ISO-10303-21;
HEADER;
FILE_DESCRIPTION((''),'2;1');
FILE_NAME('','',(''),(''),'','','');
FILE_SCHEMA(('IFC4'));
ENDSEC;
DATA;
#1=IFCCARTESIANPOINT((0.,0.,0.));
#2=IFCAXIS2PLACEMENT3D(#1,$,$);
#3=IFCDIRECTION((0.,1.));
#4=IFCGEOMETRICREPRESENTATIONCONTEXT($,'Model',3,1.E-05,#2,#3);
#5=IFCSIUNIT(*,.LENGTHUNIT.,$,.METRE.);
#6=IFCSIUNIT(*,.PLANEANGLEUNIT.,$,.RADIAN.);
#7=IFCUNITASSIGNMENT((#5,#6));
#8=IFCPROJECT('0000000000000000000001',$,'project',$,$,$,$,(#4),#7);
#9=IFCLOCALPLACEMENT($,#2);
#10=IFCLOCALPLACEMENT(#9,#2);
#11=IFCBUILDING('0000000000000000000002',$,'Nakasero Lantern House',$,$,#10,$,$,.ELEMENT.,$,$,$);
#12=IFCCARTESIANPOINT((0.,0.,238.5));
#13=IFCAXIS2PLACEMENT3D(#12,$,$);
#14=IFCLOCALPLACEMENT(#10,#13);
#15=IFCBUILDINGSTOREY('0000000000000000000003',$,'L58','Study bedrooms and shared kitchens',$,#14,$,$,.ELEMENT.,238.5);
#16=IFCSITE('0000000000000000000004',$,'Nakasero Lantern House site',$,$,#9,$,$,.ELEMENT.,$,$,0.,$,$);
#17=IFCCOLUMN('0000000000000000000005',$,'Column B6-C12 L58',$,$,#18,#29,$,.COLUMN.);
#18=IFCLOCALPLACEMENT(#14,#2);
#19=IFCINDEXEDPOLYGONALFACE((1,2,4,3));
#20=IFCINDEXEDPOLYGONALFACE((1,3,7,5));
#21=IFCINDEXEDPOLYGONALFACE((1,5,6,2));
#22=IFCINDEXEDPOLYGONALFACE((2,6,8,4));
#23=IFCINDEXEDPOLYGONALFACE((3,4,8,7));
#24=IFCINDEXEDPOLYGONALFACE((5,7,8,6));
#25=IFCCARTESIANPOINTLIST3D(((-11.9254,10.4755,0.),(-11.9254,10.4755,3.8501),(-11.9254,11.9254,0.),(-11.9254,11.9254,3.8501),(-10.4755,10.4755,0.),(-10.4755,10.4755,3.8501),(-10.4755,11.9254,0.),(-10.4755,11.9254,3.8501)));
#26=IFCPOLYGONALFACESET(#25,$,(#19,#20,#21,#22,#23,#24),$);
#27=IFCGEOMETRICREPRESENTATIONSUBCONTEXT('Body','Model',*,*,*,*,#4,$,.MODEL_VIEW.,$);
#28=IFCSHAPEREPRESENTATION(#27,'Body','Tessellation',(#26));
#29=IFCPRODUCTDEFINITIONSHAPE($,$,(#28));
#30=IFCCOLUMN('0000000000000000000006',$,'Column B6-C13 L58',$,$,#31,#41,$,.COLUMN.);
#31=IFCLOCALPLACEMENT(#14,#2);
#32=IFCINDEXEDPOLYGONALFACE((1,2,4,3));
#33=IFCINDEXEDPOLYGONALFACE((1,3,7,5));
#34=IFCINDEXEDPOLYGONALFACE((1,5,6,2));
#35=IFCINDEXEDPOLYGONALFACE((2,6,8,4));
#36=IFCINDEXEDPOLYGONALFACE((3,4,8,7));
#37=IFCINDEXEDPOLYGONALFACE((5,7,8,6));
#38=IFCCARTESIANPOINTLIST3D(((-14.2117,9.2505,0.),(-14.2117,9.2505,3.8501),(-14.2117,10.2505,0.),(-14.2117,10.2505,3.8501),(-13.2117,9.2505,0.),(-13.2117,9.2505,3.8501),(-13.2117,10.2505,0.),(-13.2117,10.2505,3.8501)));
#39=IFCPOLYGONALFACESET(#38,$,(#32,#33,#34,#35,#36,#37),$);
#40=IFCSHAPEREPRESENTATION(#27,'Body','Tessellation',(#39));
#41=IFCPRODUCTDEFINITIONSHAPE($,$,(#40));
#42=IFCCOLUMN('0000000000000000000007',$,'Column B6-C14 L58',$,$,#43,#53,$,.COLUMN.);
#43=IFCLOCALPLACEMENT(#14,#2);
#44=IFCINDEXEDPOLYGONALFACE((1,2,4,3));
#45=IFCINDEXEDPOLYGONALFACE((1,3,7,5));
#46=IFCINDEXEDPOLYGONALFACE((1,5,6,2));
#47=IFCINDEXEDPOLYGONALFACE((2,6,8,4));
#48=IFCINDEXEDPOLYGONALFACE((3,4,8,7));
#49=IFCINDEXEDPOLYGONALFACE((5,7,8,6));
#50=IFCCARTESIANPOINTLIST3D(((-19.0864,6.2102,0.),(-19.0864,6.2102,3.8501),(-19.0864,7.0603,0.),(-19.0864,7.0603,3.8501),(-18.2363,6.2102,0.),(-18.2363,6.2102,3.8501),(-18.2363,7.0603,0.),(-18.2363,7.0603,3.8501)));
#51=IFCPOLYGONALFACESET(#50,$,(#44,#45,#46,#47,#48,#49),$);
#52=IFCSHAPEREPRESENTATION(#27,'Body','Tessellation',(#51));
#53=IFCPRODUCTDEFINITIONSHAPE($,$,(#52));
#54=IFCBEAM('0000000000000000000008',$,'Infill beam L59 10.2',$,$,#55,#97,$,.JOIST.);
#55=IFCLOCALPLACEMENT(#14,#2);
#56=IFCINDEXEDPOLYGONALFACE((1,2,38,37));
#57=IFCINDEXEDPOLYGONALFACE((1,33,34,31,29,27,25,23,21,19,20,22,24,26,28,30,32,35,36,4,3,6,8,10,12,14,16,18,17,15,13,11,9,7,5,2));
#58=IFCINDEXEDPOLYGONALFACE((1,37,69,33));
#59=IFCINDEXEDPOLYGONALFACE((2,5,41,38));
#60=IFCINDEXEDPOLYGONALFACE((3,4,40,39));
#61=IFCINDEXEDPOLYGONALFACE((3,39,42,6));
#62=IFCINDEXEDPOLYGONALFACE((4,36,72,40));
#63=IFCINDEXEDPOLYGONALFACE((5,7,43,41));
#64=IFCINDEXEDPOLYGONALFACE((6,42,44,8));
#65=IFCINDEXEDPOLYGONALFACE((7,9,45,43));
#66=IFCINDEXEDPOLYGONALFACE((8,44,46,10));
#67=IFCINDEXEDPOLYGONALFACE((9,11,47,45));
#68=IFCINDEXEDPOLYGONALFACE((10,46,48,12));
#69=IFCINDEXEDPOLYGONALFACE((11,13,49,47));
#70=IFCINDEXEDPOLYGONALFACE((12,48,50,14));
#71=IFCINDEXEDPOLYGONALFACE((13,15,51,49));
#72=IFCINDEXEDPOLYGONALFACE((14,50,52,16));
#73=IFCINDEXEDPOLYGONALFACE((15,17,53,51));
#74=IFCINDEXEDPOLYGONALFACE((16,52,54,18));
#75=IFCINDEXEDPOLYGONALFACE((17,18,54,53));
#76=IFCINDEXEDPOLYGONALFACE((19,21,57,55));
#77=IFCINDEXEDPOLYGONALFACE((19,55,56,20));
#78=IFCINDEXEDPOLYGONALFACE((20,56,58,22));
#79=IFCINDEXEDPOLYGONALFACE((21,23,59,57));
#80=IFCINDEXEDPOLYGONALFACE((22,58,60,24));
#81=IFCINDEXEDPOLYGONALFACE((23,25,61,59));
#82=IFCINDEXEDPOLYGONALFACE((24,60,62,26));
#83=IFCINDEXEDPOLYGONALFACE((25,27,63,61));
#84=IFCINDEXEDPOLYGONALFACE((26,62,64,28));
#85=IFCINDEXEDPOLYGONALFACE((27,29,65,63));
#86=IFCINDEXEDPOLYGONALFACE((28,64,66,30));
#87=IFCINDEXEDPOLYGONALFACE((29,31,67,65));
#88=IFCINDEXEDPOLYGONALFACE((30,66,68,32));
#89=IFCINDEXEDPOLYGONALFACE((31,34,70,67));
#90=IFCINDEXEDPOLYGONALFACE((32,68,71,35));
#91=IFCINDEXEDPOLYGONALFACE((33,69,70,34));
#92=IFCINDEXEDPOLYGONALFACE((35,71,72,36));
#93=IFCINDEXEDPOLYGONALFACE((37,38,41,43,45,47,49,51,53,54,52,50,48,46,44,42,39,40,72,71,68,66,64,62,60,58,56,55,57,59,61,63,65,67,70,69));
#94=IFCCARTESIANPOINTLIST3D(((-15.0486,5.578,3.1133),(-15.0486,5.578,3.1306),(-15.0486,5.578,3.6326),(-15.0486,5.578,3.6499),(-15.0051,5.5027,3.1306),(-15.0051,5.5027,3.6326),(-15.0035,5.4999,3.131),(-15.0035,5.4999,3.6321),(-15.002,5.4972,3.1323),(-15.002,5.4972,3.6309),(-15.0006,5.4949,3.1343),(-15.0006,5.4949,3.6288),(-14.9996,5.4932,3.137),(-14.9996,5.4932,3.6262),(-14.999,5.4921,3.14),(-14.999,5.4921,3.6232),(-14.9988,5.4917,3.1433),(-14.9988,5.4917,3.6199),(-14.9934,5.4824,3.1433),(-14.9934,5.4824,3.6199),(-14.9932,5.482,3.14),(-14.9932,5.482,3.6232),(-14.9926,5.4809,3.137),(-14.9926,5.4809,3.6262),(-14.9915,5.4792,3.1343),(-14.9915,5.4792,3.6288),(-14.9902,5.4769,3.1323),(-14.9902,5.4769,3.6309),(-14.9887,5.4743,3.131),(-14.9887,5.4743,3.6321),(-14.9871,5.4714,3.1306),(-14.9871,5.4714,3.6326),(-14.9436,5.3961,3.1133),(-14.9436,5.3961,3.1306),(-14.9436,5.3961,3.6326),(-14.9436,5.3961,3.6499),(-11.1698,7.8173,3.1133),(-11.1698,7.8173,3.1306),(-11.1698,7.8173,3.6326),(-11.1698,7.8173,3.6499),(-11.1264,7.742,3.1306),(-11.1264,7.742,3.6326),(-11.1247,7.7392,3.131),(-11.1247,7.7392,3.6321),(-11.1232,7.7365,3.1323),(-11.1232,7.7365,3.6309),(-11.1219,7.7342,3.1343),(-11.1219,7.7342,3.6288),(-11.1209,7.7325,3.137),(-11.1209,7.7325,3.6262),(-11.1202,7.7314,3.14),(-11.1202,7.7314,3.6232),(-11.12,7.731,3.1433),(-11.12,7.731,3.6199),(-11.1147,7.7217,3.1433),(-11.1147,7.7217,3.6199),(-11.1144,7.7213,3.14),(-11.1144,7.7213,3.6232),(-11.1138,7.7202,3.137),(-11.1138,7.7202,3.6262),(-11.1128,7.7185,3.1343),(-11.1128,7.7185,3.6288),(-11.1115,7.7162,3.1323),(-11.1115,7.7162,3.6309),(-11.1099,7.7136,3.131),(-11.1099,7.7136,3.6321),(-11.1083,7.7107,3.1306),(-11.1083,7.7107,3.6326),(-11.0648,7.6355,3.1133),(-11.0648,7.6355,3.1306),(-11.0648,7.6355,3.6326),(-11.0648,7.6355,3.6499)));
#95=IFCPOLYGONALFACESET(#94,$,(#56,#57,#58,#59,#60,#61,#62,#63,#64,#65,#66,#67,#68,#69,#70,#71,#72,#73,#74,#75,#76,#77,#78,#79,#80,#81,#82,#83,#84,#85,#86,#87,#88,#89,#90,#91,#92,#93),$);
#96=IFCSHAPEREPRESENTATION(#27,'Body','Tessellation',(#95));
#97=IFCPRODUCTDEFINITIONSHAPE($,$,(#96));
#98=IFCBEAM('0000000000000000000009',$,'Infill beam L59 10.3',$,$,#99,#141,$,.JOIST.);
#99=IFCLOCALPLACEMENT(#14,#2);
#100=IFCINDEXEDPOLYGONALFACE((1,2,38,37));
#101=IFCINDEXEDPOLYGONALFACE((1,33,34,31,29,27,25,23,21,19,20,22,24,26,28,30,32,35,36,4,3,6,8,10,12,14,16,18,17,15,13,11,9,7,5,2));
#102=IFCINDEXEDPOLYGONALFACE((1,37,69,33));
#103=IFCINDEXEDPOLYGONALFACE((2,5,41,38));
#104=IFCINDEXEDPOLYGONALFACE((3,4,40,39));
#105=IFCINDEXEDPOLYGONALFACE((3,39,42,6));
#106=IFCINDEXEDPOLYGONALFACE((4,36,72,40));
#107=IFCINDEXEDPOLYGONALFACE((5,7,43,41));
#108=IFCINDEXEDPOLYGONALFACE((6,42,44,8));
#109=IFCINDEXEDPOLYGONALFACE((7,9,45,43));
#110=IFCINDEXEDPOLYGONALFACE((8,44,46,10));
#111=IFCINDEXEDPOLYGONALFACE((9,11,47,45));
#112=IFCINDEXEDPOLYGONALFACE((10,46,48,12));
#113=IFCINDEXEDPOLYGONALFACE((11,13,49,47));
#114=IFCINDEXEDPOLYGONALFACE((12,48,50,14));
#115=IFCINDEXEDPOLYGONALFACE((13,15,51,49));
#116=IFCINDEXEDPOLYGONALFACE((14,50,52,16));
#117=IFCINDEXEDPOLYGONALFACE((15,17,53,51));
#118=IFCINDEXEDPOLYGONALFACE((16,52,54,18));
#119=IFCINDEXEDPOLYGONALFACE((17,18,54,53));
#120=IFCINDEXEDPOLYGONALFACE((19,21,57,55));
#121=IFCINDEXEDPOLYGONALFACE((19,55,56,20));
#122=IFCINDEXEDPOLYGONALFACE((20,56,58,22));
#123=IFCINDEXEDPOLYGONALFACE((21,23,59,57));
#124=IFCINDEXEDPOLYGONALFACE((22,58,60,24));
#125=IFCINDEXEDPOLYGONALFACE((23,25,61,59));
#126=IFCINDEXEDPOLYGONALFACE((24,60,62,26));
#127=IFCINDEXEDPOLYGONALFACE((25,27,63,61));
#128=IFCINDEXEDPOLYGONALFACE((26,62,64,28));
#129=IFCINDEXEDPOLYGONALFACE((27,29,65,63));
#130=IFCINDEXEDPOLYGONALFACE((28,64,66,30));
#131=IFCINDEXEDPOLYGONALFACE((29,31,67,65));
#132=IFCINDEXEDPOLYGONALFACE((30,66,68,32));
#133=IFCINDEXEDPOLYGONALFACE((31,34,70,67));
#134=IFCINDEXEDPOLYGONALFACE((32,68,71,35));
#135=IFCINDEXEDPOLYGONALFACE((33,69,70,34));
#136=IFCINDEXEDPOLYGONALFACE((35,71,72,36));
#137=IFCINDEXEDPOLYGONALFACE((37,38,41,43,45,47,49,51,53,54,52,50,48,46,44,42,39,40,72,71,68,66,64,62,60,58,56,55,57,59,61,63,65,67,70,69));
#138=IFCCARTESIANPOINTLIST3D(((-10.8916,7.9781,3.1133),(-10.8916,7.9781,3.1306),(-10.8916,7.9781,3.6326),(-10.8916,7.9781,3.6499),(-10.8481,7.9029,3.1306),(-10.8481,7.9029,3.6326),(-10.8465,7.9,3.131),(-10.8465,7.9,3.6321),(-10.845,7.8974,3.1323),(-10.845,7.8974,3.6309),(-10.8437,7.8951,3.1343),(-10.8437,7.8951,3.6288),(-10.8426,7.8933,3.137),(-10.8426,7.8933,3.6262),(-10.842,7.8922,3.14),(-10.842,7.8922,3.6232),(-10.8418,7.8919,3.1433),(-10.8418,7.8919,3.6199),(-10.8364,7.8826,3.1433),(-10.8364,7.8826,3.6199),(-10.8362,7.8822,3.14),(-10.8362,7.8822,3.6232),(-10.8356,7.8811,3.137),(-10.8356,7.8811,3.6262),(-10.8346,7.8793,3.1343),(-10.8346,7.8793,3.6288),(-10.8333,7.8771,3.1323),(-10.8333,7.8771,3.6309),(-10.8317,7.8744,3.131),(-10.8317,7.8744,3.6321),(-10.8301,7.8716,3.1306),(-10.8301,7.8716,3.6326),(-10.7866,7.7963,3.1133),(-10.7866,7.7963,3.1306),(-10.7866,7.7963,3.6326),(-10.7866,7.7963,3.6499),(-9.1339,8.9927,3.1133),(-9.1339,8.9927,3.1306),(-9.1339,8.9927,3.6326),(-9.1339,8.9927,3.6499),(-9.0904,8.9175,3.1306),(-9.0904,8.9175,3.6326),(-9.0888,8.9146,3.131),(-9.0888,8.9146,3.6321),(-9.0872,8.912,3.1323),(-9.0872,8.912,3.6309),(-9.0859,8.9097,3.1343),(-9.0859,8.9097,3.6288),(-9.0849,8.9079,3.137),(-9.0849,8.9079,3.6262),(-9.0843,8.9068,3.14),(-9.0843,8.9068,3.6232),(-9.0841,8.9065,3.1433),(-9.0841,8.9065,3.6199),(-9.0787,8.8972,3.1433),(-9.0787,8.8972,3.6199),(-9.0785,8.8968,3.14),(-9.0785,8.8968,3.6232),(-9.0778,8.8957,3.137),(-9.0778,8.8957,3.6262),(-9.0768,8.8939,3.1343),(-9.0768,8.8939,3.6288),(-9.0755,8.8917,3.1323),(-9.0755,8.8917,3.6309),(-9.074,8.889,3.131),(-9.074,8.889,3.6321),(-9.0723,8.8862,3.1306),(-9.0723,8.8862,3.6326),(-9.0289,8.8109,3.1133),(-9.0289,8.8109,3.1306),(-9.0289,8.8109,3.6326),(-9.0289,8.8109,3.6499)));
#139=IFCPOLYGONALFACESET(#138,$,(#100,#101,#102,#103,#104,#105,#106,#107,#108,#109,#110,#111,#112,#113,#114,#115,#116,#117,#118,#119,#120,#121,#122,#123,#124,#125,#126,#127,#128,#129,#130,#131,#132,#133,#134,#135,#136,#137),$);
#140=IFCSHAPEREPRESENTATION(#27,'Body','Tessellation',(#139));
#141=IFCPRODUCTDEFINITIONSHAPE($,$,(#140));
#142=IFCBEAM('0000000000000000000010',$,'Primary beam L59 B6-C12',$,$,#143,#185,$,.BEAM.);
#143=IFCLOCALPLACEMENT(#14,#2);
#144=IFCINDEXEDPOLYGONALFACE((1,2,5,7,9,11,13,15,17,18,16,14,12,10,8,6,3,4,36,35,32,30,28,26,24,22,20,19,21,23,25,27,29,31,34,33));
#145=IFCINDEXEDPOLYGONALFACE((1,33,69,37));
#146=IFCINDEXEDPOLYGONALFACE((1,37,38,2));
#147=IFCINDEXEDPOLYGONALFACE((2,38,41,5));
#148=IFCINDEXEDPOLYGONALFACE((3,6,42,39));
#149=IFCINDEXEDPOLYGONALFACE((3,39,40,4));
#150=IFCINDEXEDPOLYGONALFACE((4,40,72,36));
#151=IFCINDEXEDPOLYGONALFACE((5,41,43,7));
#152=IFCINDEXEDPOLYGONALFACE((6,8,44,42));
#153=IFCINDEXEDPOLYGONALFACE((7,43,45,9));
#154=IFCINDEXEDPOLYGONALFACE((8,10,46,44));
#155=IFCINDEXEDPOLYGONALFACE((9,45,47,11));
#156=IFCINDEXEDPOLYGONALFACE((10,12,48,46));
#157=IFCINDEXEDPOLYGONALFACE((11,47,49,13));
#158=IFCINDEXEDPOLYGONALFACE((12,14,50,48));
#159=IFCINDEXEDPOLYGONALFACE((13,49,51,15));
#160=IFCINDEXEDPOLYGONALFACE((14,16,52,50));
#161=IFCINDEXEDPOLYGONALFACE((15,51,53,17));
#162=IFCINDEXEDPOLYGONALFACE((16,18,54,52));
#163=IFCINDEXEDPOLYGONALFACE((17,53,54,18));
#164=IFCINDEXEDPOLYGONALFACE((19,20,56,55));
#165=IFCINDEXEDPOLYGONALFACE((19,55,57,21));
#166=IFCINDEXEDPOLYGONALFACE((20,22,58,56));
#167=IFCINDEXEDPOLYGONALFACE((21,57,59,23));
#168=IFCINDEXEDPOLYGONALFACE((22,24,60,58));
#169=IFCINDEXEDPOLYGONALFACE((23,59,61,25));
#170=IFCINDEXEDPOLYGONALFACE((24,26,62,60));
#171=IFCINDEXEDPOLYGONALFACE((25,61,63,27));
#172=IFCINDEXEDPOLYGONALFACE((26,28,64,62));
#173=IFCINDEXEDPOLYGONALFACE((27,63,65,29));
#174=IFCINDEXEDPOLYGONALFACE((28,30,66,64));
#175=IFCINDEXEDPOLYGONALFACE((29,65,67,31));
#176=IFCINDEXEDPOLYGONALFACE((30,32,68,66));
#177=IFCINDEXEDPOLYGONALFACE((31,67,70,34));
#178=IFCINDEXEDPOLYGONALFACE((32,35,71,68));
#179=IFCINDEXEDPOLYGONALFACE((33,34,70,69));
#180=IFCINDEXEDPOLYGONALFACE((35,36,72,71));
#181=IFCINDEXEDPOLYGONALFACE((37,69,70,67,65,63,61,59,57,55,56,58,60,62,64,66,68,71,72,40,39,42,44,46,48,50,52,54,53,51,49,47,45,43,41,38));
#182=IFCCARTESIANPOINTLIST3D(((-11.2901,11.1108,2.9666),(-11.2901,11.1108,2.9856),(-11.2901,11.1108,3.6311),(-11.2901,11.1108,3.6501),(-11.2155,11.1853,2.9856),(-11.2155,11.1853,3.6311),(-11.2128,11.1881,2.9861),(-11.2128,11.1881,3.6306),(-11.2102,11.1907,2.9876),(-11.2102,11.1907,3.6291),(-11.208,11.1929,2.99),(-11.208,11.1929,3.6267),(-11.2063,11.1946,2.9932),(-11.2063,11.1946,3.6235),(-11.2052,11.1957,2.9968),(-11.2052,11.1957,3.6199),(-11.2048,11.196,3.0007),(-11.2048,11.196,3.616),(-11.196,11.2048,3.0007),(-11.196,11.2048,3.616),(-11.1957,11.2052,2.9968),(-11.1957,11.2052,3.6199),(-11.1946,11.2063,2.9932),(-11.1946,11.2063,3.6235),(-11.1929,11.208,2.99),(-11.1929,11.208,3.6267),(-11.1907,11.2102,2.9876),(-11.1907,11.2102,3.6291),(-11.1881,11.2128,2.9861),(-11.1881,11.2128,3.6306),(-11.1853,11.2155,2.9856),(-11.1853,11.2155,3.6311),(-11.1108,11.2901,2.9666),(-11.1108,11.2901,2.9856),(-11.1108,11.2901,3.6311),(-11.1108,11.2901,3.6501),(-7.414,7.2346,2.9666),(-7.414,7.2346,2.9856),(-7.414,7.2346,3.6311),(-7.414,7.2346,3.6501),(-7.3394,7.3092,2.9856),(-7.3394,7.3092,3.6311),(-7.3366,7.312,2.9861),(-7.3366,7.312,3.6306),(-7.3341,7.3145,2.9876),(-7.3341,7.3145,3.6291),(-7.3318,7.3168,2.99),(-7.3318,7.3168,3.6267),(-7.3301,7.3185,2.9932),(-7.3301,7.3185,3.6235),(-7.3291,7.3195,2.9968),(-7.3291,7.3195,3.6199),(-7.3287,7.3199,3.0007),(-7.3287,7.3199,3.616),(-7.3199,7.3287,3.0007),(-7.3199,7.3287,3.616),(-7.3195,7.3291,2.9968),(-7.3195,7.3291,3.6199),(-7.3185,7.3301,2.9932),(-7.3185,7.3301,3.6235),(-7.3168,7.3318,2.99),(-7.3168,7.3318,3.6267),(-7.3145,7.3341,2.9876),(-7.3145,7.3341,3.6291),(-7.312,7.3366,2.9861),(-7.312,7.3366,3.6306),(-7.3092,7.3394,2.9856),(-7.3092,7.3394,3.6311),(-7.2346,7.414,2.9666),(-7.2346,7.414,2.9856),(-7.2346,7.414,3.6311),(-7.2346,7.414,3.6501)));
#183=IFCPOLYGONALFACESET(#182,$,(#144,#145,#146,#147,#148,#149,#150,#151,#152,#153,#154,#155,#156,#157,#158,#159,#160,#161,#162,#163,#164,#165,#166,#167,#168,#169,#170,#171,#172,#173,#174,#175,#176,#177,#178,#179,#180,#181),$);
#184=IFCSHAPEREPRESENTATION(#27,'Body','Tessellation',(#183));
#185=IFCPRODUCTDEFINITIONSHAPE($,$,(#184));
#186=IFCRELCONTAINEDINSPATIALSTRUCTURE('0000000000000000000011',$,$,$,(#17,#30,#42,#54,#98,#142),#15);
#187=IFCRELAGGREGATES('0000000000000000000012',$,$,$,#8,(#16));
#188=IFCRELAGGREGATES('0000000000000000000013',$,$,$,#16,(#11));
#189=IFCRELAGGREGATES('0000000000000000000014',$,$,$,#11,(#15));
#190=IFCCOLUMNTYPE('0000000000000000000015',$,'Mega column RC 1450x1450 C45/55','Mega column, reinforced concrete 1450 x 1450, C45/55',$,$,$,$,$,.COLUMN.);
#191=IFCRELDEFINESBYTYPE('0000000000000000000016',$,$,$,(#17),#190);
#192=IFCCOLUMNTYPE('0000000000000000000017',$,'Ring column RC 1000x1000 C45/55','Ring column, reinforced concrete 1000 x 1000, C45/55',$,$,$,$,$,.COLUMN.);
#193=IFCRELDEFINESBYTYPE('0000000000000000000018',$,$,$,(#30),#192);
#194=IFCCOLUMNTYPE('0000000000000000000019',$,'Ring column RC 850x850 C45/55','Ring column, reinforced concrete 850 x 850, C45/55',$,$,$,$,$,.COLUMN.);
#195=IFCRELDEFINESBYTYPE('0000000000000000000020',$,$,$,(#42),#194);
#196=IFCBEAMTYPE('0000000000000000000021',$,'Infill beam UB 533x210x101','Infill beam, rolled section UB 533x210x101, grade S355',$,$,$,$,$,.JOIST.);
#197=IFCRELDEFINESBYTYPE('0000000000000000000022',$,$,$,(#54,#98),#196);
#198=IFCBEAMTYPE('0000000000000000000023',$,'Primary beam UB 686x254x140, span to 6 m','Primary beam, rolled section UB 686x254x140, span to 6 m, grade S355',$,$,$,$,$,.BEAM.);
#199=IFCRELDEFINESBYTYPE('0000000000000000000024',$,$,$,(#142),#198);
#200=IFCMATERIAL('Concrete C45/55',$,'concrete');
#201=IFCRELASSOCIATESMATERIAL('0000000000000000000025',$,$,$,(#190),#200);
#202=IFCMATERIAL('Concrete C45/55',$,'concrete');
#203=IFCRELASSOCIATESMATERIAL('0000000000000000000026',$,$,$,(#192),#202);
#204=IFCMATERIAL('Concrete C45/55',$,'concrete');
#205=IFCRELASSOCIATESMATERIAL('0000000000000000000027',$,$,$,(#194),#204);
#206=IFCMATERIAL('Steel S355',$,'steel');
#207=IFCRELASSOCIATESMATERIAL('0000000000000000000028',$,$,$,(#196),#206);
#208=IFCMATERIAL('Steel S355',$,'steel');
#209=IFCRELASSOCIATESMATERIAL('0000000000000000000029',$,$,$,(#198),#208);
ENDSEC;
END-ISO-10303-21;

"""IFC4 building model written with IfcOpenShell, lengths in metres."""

from ifc_helpers import new_model, si_unit, direction, frame, origin, origin_2d, place, context, subcontext, project, spatial, rectangle, i_section, extrude, material, material_profile, profile_set, type_object, element, save


model = new_model("IFC4")

# Units and contexts
model_context = context("Model", 3, precision=1e-05, world=origin(), true_north=direction((0.0, 1.0)))
body_context = subcontext(model_context, "Body", "Model", "MODEL_VIEW")
ifc_project = project(units=[si_unit("LENGTHUNIT", "METRE"), si_unit("PLANEANGLEUNIT", "RADIAN")], contexts=[model_context])

# Site, building, storey
site_placement = place(None, origin())
site = spatial("IfcSite", under=ifc_project, at=site_placement, Name="Nakasero Lantern House site", CompositionType="ELEMENT", RefElevation=0.0)
building_placement = place(site_placement, origin())
building = spatial("IfcBuilding", under=site, at=building_placement, Name="Nakasero Lantern House", CompositionType="ELEMENT")
storey_placement = place(building_placement, frame((0.0, 0.0, 238.5)))
storey = spatial("IfcBuildingStorey", under=building, at=storey_placement, Name="L58", Description="Study bedrooms and shared kitchens", CompositionType="ELEMENT", Elevation=238.5)

# Columns
ifc_material_1 = material(Name="Concrete C45/55", Category="concrete")
ifc_material_profile_1 = material_profile(ifc_material_1, rectangle(XDim=1.45, YDim=1.45, at=origin_2d()), Name="RC 1450x1450")
ifc_profile_set_1 = profile_set([ifc_material_profile_1], Name="Concrete C45/55")
column_type_1 = type_object("IfcColumnType", Name="Mega column RC 1450x1450 C45/55", Description="Mega column, reinforced concrete 1450 x 1450, C45/55", PredefinedType="COLUMN", material=ifc_profile_set_1)
column_1_placement = place(storey_placement, frame((-11.2004, 11.2004, 0.0), z_axis=(0.0, 0.0, 1.0), x_axis=(1.0, 0.0, 0.0)))
element("IfcColumn", 1, at=column_1_placement, inside=storey, type_object=column_type_1, Name="Column B6-C12 L58", PredefinedType="COLUMN", context=body_context, shape_type="SweptSolid", body=[
    extrude(rectangle(XDim=1.45, YDim=1.45, at=origin_2d()), origin(), (0.0, 0.0, 1.0), 3.8501),
])
ifc_material_2 = material(Name="Concrete C45/55", Category="concrete")
ifc_material_profile_2 = material_profile(ifc_material_2, rectangle(XDim=1.0, YDim=1.0, at=origin_2d()), Name="RC 1000x1000")
ifc_profile_set_2 = profile_set([ifc_material_profile_2], Name="Concrete C45/55")
column_type_2 = type_object("IfcColumnType", Name="Ring column RC 1000x1000 C45/55", Description="Ring column, reinforced concrete 1000 x 1000, C45/55", PredefinedType="COLUMN", material=ifc_profile_set_2)
column_2_placement = place(storey_placement, frame((-13.7117, 9.7505, 0.0), z_axis=(0.0, 0.0, 1.0), x_axis=(1.0, 0.0, 0.0)))
element("IfcColumn", 2, at=column_2_placement, inside=storey, type_object=column_type_2, Name="Column B6-C13 L58", PredefinedType="COLUMN", context=body_context, shape_type="SweptSolid", body=[
    extrude(rectangle(XDim=1.0, YDim=1.0, at=origin_2d()), origin(), (0.0, 0.0, 1.0), 3.8501),
])
ifc_material_3 = material(Name="Concrete C45/55", Category="concrete")
ifc_material_profile_3 = material_profile(ifc_material_3, rectangle(XDim=0.8501, YDim=0.8501, at=origin_2d()), Name="RC 850x850")
ifc_profile_set_3 = profile_set([ifc_material_profile_3], Name="Concrete C45/55")
column_type_3 = type_object("IfcColumnType", Name="Ring column RC 850x850 C45/55", Description="Ring column, reinforced concrete 850 x 850, C45/55", PredefinedType="COLUMN", material=ifc_profile_set_3)
column_3_placement = place(storey_placement, frame((-18.6614, 6.6353, 0.0), z_axis=(0.0, 0.0, 1.0), x_axis=(1.0, 0.0, 0.0)))
element("IfcColumn", 3, at=column_3_placement, inside=storey, type_object=column_type_3, Name="Column B6-C14 L58", PredefinedType="COLUMN", context=body_context, shape_type="SweptSolid", body=[
    extrude(rectangle(XDim=0.8501, YDim=0.8501, at=origin_2d()), origin(), (0.0, 0.0, 1.0), 3.8501),
])

# Beams
ifc_material_4 = material(Name="Steel S355", Category="steel")
ifc_material_profile_4 = material_profile(ifc_material_4, i_section(OverallWidth=0.21, OverallDepth=0.5366, WebThickness=0.0107, FlangeThickness=0.0173, FilletRadius=0.0127, at=origin_2d()), Name="UB 533x210x101")
ifc_profile_set_4 = profile_set([ifc_material_profile_4], Name="Steel S355")
beam_type_1 = type_object("IfcBeamType", Name="Infill beam UB 533x210x101", Description="Infill beam, rolled section UB 533x210x101, grade S355", PredefinedType="JOIST", material=ifc_profile_set_4)
beam_1_placement = place(storey_placement, frame((-14.9961, 5.4871, 3.3816), z_axis=(0.866034, 0.499985, 0.0), x_axis=(-0.499985, 0.866034, 0.0)))
element("IfcBeam", 4, at=beam_1_placement, inside=storey, type_object=beam_type_1, Name="Infill beam L59 10.2", PredefinedType="JOIST", context=body_context, shape_type="SweptSolid", body=[
    extrude(i_section(OverallWidth=0.21, OverallDepth=0.5366, WebThickness=0.0107, FlangeThickness=0.0173, FilletRadius=0.0127, at=origin_2d()), origin(), (0.0, 0.0, 1.0), 4.4788),
])
beam_2_placement = place(storey_placement, frame((-10.8391, 7.8872, 3.3816), z_axis=(0.866073, 0.499917, 0.0), x_axis=(-0.499917, 0.866073, 0.0)))
element("IfcBeam", 5, at=beam_2_placement, inside=storey, type_object=beam_type_1, Name="Infill beam L59 10.3", PredefinedType="JOIST", context=body_context, shape_type="SweptSolid", body=[
    extrude(i_section(OverallWidth=0.21, OverallDepth=0.5366, WebThickness=0.0107, FlangeThickness=0.0173, FilletRadius=0.0127, at=origin_2d()), origin(), (0.0, 0.0, 1.0), 2.0295),
])
ifc_material_5 = material(Name="Steel S355", Category="steel")
ifc_material_profile_5 = material_profile(ifc_material_5, i_section(OverallWidth=0.2537, OverallDepth=0.6836, WebThickness=0.0125, FlangeThickness=0.019, FilletRadius=0.0151, at=origin_2d()), Name="UB 686x254x140")
ifc_profile_set_5 = profile_set([ifc_material_profile_5], Name="Steel S355")
beam_type_2 = type_object("IfcBeamType", Name="Primary beam UB 686x254x140, span to 6 m", Description="Primary beam, rolled section UB 686x254x140, span to 6 m, grade S355", PredefinedType="BEAM", material=ifc_profile_set_5)
beam_3_placement = place(storey_placement, frame((-11.2004, 11.2004, 3.3083), z_axis=(0.707107, -0.707107, 0.0), x_axis=(0.707107, 0.707107, 0.0)))
element("IfcBeam", 6, at=beam_3_placement, inside=storey, type_object=beam_type_2, Name="Primary beam L59 B6-C12", PredefinedType="BEAM", context=body_context, shape_type="SweptSolid", body=[
    extrude(i_section(OverallWidth=0.2537, OverallDepth=0.6836, WebThickness=0.0125, FlangeThickness=0.019, FilletRadius=0.0151, at=origin_2d()), origin(), (0.0, 0.0, 1.0), 5.4817),
])

save(model, "model.ifc")
